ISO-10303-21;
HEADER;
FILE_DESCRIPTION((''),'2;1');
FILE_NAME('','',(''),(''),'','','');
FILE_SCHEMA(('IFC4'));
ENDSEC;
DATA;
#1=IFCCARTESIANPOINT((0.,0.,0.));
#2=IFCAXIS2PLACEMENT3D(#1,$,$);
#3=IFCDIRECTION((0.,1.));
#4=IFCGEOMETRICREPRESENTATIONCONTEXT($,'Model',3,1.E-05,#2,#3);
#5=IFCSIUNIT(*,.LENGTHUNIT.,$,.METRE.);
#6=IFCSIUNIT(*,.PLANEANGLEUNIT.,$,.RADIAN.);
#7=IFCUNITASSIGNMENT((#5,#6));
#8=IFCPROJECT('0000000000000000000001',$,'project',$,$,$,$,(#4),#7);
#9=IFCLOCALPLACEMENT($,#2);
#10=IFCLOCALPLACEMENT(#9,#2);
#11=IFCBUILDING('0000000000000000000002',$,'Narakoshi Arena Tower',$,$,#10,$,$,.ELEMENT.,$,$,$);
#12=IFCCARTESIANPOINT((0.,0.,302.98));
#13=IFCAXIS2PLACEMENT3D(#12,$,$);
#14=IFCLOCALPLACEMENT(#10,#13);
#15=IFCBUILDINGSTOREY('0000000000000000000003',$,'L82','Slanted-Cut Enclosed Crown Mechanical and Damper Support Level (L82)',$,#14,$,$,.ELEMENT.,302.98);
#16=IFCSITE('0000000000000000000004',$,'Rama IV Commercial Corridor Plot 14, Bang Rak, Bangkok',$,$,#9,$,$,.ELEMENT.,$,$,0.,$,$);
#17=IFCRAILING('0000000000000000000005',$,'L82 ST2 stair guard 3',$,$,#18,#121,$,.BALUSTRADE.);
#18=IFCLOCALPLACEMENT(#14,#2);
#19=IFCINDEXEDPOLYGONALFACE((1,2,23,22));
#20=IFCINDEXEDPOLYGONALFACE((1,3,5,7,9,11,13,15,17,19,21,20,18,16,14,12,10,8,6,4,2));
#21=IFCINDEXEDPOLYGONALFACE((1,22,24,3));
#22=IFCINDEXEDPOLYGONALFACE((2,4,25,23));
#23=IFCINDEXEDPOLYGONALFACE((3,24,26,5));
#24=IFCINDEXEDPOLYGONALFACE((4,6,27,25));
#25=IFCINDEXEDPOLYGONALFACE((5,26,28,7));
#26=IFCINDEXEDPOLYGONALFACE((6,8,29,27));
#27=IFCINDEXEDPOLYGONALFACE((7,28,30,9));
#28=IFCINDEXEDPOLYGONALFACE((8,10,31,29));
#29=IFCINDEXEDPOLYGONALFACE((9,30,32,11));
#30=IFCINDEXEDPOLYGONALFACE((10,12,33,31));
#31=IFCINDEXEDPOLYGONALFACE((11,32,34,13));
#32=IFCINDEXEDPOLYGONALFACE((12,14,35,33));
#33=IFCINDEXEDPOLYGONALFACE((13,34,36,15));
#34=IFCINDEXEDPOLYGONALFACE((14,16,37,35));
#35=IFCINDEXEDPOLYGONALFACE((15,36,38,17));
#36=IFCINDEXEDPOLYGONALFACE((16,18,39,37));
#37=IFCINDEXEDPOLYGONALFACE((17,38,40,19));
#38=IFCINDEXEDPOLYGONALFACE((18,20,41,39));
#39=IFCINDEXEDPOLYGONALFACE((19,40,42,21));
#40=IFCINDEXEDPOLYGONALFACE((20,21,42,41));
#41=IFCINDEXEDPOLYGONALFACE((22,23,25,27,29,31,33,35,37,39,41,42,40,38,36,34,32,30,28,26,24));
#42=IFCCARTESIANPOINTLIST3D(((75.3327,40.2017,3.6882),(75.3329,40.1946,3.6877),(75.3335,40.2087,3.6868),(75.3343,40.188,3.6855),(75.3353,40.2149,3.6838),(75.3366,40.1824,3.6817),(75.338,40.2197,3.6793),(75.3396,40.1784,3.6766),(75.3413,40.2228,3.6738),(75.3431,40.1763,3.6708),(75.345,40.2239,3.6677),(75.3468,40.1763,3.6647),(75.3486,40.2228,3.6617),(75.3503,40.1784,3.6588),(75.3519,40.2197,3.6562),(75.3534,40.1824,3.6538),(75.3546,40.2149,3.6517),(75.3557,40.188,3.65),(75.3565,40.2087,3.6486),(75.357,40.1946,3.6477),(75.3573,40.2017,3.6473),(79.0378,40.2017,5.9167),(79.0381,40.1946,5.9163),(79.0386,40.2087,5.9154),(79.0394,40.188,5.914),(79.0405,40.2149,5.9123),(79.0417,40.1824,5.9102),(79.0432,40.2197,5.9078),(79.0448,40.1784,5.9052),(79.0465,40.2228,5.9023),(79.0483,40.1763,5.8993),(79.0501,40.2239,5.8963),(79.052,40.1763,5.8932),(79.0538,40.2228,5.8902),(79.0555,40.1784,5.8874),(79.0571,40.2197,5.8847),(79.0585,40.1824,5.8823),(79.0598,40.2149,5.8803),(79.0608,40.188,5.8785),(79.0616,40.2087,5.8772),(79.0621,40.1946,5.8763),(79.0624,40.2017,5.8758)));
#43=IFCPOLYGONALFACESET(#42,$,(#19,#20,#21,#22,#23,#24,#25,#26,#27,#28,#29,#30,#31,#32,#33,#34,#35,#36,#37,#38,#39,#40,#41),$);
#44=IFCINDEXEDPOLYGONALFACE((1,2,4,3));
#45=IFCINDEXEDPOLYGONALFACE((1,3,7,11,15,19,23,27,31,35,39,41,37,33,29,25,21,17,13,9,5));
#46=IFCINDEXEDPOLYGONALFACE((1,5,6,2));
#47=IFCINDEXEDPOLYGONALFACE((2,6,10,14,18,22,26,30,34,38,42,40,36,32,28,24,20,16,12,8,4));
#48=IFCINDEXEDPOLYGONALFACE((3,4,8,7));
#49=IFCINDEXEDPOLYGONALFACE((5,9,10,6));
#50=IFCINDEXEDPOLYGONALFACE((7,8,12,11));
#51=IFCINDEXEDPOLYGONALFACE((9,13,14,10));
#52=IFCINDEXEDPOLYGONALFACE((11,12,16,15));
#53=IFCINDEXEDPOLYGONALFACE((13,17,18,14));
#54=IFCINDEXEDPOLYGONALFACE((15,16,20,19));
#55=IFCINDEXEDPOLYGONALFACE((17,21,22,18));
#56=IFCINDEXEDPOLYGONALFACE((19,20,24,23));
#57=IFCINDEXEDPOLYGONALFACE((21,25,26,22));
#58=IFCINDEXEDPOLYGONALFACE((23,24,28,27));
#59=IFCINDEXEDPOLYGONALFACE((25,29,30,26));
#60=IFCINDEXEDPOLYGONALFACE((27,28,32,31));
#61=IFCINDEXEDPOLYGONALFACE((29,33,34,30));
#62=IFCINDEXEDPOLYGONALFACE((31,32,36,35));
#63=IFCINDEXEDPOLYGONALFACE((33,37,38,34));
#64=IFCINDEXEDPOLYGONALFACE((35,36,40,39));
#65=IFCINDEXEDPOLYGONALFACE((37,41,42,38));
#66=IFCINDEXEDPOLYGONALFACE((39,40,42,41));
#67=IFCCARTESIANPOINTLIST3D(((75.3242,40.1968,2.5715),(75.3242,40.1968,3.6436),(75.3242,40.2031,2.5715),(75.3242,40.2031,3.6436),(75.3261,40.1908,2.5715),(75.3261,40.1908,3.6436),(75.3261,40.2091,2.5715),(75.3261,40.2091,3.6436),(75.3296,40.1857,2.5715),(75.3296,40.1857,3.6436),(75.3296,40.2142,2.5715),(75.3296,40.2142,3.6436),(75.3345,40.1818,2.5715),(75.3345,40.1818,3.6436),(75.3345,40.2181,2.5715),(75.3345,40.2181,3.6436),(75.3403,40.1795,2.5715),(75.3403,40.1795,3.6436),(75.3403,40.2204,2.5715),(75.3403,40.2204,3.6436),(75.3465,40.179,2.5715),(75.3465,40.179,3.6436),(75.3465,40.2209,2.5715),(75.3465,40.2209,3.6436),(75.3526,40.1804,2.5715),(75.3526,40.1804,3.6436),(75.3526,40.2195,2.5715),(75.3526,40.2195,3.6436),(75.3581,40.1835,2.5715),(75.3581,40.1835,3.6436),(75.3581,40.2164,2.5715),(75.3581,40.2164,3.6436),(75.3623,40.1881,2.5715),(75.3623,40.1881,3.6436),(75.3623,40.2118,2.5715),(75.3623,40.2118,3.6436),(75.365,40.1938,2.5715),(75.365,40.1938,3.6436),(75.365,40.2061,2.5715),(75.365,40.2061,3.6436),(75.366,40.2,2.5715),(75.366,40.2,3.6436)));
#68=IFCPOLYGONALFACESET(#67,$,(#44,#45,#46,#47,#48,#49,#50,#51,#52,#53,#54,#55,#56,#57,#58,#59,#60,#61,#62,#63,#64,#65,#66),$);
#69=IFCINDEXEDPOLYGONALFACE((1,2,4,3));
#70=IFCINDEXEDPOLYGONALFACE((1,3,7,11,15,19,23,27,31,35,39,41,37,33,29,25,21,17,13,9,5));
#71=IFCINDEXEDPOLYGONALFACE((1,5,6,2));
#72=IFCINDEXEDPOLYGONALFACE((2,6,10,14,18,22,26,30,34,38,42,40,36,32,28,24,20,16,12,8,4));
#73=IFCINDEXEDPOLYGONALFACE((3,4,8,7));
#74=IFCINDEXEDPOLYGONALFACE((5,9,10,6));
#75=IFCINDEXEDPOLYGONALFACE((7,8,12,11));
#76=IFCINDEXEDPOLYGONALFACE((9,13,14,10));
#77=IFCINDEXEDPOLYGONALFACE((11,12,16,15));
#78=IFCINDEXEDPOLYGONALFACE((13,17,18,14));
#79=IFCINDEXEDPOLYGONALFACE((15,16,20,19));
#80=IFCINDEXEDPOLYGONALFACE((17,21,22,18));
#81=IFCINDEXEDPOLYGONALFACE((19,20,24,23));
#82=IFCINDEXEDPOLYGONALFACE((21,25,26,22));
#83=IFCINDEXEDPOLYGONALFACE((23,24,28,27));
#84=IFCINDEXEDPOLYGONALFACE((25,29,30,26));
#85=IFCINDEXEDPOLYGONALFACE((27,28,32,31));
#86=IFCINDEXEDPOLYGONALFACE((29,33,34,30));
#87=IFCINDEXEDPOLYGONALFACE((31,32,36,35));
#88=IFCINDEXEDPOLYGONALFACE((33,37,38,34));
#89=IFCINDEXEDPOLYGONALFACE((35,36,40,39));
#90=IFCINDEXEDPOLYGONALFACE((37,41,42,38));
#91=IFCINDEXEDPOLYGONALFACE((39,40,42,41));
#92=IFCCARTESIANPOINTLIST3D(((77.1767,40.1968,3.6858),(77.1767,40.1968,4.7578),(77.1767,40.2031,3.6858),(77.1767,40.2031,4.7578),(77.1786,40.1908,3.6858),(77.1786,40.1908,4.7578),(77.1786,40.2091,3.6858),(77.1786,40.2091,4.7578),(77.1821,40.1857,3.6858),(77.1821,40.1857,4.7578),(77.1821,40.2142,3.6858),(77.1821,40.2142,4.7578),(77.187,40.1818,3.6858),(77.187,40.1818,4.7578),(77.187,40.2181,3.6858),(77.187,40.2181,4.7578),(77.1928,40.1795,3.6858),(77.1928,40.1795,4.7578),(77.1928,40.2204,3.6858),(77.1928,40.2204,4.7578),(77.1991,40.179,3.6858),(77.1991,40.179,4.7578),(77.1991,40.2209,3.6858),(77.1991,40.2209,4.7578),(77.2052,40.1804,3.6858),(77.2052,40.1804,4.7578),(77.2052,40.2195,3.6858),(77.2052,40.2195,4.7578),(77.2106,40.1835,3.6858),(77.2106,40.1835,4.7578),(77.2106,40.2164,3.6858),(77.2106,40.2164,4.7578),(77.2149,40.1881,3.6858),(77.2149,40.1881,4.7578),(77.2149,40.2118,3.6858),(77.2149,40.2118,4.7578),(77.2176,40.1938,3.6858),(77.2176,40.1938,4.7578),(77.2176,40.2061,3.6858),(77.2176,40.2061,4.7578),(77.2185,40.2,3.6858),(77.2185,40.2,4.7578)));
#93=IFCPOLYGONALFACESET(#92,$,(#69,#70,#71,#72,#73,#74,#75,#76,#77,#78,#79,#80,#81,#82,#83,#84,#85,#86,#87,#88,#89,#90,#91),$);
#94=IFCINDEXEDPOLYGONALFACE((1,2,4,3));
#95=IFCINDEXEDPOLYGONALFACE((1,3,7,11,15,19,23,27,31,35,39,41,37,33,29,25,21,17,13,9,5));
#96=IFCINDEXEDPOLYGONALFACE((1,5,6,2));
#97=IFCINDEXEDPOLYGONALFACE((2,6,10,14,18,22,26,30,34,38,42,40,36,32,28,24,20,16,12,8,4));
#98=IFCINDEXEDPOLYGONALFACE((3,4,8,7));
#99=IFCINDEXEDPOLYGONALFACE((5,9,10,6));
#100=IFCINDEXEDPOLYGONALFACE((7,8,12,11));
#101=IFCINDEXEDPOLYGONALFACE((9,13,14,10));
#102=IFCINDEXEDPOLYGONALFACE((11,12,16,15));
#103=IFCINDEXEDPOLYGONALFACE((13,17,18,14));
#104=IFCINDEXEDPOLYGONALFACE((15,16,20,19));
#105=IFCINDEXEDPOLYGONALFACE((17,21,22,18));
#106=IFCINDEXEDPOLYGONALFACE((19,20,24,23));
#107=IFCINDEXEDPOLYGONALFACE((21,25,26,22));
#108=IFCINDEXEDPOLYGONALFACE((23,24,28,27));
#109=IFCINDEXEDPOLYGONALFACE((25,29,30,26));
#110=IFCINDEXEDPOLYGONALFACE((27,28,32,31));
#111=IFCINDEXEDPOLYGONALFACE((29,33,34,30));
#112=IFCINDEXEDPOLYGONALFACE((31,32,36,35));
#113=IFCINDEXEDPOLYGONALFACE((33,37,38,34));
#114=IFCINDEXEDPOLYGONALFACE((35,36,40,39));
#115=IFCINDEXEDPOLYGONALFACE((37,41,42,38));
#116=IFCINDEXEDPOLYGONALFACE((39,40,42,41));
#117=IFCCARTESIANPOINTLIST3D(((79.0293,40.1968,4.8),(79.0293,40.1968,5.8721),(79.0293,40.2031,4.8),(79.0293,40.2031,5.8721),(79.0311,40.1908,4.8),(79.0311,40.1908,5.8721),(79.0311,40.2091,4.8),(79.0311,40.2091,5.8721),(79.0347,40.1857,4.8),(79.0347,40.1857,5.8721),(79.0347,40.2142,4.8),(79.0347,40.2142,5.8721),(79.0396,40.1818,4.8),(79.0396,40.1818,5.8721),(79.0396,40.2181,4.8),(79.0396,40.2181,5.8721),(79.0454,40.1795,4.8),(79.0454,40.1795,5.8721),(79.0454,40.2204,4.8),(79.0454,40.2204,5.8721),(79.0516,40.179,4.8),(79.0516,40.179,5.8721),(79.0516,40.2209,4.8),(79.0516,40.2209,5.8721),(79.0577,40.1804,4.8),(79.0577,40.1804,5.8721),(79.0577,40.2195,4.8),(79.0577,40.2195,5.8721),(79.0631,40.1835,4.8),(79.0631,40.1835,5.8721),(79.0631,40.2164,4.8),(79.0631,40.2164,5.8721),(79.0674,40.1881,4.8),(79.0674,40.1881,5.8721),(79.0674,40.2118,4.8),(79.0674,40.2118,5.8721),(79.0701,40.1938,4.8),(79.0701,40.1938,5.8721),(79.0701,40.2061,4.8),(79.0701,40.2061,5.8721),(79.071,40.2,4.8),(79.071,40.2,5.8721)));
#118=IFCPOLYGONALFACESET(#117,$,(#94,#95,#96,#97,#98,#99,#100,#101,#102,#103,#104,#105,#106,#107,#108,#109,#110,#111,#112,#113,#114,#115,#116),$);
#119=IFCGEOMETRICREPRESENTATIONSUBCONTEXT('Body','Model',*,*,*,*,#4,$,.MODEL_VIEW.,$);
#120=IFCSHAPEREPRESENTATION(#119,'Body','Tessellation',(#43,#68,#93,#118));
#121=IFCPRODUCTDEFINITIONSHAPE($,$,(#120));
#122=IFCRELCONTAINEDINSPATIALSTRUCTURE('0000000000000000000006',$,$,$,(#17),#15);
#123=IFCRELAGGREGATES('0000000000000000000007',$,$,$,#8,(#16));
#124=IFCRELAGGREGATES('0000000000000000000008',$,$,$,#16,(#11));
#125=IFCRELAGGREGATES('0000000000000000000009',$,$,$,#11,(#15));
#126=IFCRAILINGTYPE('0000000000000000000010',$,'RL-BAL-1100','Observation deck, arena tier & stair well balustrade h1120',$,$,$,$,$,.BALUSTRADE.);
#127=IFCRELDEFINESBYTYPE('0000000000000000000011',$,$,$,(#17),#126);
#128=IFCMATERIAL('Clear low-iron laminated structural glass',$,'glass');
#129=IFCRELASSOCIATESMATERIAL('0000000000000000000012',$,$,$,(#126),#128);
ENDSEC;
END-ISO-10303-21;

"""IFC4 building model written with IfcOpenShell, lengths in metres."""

from ifc_helpers import new_model, si_unit, direction, frame, origin, origin_2d, place, context, subcontext, project, spatial, circle, extrude, material, type_object, element, save


model = new_model("IFC4")

# Units and contexts
model_context = context("Model", 3, precision=1e-05, world=origin(), true_north=direction((0.0, 1.0)))
body_context = subcontext(model_context, "Body", "Model", "MODEL_VIEW")
ifc_project = project(units=[si_unit("LENGTHUNIT", "METRE"), si_unit("PLANEANGLEUNIT", "RADIAN")], contexts=[model_context])

# Site, building, storey
site_placement = place(None, origin())
site = spatial("IfcSite", under=ifc_project, at=site_placement, Name="Rama IV Commercial Corridor Plot 14, Bang Rak, Bangkok", CompositionType="ELEMENT", RefElevation=0.0)
building_placement = place(site_placement, origin())
building = spatial("IfcBuilding", under=site, at=building_placement, Name="Narakoshi Arena Tower", CompositionType="ELEMENT")
storey_placement = place(building_placement, frame((0.0, 0.0, 302.98)))
storey = spatial("IfcBuildingStorey", under=building, at=storey_placement, Name="L82", Description="Slanted-Cut Enclosed Crown Mechanical and Damper Support Level (L82)", CompositionType="ELEMENT", Elevation=302.98)

# Railing
ifc_material_1 = material(Name="Clear low-iron laminated structural glass", Category="glass")
railing_type_1 = type_object("IfcRailingType", Name="RL-BAL-1100", Description="Observation deck, arena tier & stair well balustrade h1120", PredefinedType="BALUSTRADE", material=ifc_material_1)
railing_1_placement = place(storey_placement, frame((75.345, 40.2, 2.5715)))
element("IfcRailing", 1, at=railing_1_placement, inside=storey, type_object=railing_type_1, Name="L82 ST2 stair guard 3", PredefinedType="BALUSTRADE", context=body_context, shape_type="SweptSolid", body=[
    extrude(circle(Radius=0.0239, at=origin_2d()), frame((0.0, 0.0, 1.0962), z_axis=(0.856934, 0.0, 0.515425), x_axis=(0.0, 1.0, 0.0)), (0.0, 0.0, 1.0), 4.3237),
    extrude(circle(Radius=0.021, at=origin_2d()), origin(), (0.0, 0.0, 1.0), 1.072),
    extrude(circle(Radius=0.021, at=origin_2d()), frame((1.8525, 0.0, 1.1143)), (0.0, 0.0, 1.0), 1.072),
    extrude(circle(Radius=0.021, at=origin_2d()), frame((3.7051, 0.0, 2.2285)), (0.0, 0.0, 1.0), 1.072),
])

save(model, "model.ifc")
